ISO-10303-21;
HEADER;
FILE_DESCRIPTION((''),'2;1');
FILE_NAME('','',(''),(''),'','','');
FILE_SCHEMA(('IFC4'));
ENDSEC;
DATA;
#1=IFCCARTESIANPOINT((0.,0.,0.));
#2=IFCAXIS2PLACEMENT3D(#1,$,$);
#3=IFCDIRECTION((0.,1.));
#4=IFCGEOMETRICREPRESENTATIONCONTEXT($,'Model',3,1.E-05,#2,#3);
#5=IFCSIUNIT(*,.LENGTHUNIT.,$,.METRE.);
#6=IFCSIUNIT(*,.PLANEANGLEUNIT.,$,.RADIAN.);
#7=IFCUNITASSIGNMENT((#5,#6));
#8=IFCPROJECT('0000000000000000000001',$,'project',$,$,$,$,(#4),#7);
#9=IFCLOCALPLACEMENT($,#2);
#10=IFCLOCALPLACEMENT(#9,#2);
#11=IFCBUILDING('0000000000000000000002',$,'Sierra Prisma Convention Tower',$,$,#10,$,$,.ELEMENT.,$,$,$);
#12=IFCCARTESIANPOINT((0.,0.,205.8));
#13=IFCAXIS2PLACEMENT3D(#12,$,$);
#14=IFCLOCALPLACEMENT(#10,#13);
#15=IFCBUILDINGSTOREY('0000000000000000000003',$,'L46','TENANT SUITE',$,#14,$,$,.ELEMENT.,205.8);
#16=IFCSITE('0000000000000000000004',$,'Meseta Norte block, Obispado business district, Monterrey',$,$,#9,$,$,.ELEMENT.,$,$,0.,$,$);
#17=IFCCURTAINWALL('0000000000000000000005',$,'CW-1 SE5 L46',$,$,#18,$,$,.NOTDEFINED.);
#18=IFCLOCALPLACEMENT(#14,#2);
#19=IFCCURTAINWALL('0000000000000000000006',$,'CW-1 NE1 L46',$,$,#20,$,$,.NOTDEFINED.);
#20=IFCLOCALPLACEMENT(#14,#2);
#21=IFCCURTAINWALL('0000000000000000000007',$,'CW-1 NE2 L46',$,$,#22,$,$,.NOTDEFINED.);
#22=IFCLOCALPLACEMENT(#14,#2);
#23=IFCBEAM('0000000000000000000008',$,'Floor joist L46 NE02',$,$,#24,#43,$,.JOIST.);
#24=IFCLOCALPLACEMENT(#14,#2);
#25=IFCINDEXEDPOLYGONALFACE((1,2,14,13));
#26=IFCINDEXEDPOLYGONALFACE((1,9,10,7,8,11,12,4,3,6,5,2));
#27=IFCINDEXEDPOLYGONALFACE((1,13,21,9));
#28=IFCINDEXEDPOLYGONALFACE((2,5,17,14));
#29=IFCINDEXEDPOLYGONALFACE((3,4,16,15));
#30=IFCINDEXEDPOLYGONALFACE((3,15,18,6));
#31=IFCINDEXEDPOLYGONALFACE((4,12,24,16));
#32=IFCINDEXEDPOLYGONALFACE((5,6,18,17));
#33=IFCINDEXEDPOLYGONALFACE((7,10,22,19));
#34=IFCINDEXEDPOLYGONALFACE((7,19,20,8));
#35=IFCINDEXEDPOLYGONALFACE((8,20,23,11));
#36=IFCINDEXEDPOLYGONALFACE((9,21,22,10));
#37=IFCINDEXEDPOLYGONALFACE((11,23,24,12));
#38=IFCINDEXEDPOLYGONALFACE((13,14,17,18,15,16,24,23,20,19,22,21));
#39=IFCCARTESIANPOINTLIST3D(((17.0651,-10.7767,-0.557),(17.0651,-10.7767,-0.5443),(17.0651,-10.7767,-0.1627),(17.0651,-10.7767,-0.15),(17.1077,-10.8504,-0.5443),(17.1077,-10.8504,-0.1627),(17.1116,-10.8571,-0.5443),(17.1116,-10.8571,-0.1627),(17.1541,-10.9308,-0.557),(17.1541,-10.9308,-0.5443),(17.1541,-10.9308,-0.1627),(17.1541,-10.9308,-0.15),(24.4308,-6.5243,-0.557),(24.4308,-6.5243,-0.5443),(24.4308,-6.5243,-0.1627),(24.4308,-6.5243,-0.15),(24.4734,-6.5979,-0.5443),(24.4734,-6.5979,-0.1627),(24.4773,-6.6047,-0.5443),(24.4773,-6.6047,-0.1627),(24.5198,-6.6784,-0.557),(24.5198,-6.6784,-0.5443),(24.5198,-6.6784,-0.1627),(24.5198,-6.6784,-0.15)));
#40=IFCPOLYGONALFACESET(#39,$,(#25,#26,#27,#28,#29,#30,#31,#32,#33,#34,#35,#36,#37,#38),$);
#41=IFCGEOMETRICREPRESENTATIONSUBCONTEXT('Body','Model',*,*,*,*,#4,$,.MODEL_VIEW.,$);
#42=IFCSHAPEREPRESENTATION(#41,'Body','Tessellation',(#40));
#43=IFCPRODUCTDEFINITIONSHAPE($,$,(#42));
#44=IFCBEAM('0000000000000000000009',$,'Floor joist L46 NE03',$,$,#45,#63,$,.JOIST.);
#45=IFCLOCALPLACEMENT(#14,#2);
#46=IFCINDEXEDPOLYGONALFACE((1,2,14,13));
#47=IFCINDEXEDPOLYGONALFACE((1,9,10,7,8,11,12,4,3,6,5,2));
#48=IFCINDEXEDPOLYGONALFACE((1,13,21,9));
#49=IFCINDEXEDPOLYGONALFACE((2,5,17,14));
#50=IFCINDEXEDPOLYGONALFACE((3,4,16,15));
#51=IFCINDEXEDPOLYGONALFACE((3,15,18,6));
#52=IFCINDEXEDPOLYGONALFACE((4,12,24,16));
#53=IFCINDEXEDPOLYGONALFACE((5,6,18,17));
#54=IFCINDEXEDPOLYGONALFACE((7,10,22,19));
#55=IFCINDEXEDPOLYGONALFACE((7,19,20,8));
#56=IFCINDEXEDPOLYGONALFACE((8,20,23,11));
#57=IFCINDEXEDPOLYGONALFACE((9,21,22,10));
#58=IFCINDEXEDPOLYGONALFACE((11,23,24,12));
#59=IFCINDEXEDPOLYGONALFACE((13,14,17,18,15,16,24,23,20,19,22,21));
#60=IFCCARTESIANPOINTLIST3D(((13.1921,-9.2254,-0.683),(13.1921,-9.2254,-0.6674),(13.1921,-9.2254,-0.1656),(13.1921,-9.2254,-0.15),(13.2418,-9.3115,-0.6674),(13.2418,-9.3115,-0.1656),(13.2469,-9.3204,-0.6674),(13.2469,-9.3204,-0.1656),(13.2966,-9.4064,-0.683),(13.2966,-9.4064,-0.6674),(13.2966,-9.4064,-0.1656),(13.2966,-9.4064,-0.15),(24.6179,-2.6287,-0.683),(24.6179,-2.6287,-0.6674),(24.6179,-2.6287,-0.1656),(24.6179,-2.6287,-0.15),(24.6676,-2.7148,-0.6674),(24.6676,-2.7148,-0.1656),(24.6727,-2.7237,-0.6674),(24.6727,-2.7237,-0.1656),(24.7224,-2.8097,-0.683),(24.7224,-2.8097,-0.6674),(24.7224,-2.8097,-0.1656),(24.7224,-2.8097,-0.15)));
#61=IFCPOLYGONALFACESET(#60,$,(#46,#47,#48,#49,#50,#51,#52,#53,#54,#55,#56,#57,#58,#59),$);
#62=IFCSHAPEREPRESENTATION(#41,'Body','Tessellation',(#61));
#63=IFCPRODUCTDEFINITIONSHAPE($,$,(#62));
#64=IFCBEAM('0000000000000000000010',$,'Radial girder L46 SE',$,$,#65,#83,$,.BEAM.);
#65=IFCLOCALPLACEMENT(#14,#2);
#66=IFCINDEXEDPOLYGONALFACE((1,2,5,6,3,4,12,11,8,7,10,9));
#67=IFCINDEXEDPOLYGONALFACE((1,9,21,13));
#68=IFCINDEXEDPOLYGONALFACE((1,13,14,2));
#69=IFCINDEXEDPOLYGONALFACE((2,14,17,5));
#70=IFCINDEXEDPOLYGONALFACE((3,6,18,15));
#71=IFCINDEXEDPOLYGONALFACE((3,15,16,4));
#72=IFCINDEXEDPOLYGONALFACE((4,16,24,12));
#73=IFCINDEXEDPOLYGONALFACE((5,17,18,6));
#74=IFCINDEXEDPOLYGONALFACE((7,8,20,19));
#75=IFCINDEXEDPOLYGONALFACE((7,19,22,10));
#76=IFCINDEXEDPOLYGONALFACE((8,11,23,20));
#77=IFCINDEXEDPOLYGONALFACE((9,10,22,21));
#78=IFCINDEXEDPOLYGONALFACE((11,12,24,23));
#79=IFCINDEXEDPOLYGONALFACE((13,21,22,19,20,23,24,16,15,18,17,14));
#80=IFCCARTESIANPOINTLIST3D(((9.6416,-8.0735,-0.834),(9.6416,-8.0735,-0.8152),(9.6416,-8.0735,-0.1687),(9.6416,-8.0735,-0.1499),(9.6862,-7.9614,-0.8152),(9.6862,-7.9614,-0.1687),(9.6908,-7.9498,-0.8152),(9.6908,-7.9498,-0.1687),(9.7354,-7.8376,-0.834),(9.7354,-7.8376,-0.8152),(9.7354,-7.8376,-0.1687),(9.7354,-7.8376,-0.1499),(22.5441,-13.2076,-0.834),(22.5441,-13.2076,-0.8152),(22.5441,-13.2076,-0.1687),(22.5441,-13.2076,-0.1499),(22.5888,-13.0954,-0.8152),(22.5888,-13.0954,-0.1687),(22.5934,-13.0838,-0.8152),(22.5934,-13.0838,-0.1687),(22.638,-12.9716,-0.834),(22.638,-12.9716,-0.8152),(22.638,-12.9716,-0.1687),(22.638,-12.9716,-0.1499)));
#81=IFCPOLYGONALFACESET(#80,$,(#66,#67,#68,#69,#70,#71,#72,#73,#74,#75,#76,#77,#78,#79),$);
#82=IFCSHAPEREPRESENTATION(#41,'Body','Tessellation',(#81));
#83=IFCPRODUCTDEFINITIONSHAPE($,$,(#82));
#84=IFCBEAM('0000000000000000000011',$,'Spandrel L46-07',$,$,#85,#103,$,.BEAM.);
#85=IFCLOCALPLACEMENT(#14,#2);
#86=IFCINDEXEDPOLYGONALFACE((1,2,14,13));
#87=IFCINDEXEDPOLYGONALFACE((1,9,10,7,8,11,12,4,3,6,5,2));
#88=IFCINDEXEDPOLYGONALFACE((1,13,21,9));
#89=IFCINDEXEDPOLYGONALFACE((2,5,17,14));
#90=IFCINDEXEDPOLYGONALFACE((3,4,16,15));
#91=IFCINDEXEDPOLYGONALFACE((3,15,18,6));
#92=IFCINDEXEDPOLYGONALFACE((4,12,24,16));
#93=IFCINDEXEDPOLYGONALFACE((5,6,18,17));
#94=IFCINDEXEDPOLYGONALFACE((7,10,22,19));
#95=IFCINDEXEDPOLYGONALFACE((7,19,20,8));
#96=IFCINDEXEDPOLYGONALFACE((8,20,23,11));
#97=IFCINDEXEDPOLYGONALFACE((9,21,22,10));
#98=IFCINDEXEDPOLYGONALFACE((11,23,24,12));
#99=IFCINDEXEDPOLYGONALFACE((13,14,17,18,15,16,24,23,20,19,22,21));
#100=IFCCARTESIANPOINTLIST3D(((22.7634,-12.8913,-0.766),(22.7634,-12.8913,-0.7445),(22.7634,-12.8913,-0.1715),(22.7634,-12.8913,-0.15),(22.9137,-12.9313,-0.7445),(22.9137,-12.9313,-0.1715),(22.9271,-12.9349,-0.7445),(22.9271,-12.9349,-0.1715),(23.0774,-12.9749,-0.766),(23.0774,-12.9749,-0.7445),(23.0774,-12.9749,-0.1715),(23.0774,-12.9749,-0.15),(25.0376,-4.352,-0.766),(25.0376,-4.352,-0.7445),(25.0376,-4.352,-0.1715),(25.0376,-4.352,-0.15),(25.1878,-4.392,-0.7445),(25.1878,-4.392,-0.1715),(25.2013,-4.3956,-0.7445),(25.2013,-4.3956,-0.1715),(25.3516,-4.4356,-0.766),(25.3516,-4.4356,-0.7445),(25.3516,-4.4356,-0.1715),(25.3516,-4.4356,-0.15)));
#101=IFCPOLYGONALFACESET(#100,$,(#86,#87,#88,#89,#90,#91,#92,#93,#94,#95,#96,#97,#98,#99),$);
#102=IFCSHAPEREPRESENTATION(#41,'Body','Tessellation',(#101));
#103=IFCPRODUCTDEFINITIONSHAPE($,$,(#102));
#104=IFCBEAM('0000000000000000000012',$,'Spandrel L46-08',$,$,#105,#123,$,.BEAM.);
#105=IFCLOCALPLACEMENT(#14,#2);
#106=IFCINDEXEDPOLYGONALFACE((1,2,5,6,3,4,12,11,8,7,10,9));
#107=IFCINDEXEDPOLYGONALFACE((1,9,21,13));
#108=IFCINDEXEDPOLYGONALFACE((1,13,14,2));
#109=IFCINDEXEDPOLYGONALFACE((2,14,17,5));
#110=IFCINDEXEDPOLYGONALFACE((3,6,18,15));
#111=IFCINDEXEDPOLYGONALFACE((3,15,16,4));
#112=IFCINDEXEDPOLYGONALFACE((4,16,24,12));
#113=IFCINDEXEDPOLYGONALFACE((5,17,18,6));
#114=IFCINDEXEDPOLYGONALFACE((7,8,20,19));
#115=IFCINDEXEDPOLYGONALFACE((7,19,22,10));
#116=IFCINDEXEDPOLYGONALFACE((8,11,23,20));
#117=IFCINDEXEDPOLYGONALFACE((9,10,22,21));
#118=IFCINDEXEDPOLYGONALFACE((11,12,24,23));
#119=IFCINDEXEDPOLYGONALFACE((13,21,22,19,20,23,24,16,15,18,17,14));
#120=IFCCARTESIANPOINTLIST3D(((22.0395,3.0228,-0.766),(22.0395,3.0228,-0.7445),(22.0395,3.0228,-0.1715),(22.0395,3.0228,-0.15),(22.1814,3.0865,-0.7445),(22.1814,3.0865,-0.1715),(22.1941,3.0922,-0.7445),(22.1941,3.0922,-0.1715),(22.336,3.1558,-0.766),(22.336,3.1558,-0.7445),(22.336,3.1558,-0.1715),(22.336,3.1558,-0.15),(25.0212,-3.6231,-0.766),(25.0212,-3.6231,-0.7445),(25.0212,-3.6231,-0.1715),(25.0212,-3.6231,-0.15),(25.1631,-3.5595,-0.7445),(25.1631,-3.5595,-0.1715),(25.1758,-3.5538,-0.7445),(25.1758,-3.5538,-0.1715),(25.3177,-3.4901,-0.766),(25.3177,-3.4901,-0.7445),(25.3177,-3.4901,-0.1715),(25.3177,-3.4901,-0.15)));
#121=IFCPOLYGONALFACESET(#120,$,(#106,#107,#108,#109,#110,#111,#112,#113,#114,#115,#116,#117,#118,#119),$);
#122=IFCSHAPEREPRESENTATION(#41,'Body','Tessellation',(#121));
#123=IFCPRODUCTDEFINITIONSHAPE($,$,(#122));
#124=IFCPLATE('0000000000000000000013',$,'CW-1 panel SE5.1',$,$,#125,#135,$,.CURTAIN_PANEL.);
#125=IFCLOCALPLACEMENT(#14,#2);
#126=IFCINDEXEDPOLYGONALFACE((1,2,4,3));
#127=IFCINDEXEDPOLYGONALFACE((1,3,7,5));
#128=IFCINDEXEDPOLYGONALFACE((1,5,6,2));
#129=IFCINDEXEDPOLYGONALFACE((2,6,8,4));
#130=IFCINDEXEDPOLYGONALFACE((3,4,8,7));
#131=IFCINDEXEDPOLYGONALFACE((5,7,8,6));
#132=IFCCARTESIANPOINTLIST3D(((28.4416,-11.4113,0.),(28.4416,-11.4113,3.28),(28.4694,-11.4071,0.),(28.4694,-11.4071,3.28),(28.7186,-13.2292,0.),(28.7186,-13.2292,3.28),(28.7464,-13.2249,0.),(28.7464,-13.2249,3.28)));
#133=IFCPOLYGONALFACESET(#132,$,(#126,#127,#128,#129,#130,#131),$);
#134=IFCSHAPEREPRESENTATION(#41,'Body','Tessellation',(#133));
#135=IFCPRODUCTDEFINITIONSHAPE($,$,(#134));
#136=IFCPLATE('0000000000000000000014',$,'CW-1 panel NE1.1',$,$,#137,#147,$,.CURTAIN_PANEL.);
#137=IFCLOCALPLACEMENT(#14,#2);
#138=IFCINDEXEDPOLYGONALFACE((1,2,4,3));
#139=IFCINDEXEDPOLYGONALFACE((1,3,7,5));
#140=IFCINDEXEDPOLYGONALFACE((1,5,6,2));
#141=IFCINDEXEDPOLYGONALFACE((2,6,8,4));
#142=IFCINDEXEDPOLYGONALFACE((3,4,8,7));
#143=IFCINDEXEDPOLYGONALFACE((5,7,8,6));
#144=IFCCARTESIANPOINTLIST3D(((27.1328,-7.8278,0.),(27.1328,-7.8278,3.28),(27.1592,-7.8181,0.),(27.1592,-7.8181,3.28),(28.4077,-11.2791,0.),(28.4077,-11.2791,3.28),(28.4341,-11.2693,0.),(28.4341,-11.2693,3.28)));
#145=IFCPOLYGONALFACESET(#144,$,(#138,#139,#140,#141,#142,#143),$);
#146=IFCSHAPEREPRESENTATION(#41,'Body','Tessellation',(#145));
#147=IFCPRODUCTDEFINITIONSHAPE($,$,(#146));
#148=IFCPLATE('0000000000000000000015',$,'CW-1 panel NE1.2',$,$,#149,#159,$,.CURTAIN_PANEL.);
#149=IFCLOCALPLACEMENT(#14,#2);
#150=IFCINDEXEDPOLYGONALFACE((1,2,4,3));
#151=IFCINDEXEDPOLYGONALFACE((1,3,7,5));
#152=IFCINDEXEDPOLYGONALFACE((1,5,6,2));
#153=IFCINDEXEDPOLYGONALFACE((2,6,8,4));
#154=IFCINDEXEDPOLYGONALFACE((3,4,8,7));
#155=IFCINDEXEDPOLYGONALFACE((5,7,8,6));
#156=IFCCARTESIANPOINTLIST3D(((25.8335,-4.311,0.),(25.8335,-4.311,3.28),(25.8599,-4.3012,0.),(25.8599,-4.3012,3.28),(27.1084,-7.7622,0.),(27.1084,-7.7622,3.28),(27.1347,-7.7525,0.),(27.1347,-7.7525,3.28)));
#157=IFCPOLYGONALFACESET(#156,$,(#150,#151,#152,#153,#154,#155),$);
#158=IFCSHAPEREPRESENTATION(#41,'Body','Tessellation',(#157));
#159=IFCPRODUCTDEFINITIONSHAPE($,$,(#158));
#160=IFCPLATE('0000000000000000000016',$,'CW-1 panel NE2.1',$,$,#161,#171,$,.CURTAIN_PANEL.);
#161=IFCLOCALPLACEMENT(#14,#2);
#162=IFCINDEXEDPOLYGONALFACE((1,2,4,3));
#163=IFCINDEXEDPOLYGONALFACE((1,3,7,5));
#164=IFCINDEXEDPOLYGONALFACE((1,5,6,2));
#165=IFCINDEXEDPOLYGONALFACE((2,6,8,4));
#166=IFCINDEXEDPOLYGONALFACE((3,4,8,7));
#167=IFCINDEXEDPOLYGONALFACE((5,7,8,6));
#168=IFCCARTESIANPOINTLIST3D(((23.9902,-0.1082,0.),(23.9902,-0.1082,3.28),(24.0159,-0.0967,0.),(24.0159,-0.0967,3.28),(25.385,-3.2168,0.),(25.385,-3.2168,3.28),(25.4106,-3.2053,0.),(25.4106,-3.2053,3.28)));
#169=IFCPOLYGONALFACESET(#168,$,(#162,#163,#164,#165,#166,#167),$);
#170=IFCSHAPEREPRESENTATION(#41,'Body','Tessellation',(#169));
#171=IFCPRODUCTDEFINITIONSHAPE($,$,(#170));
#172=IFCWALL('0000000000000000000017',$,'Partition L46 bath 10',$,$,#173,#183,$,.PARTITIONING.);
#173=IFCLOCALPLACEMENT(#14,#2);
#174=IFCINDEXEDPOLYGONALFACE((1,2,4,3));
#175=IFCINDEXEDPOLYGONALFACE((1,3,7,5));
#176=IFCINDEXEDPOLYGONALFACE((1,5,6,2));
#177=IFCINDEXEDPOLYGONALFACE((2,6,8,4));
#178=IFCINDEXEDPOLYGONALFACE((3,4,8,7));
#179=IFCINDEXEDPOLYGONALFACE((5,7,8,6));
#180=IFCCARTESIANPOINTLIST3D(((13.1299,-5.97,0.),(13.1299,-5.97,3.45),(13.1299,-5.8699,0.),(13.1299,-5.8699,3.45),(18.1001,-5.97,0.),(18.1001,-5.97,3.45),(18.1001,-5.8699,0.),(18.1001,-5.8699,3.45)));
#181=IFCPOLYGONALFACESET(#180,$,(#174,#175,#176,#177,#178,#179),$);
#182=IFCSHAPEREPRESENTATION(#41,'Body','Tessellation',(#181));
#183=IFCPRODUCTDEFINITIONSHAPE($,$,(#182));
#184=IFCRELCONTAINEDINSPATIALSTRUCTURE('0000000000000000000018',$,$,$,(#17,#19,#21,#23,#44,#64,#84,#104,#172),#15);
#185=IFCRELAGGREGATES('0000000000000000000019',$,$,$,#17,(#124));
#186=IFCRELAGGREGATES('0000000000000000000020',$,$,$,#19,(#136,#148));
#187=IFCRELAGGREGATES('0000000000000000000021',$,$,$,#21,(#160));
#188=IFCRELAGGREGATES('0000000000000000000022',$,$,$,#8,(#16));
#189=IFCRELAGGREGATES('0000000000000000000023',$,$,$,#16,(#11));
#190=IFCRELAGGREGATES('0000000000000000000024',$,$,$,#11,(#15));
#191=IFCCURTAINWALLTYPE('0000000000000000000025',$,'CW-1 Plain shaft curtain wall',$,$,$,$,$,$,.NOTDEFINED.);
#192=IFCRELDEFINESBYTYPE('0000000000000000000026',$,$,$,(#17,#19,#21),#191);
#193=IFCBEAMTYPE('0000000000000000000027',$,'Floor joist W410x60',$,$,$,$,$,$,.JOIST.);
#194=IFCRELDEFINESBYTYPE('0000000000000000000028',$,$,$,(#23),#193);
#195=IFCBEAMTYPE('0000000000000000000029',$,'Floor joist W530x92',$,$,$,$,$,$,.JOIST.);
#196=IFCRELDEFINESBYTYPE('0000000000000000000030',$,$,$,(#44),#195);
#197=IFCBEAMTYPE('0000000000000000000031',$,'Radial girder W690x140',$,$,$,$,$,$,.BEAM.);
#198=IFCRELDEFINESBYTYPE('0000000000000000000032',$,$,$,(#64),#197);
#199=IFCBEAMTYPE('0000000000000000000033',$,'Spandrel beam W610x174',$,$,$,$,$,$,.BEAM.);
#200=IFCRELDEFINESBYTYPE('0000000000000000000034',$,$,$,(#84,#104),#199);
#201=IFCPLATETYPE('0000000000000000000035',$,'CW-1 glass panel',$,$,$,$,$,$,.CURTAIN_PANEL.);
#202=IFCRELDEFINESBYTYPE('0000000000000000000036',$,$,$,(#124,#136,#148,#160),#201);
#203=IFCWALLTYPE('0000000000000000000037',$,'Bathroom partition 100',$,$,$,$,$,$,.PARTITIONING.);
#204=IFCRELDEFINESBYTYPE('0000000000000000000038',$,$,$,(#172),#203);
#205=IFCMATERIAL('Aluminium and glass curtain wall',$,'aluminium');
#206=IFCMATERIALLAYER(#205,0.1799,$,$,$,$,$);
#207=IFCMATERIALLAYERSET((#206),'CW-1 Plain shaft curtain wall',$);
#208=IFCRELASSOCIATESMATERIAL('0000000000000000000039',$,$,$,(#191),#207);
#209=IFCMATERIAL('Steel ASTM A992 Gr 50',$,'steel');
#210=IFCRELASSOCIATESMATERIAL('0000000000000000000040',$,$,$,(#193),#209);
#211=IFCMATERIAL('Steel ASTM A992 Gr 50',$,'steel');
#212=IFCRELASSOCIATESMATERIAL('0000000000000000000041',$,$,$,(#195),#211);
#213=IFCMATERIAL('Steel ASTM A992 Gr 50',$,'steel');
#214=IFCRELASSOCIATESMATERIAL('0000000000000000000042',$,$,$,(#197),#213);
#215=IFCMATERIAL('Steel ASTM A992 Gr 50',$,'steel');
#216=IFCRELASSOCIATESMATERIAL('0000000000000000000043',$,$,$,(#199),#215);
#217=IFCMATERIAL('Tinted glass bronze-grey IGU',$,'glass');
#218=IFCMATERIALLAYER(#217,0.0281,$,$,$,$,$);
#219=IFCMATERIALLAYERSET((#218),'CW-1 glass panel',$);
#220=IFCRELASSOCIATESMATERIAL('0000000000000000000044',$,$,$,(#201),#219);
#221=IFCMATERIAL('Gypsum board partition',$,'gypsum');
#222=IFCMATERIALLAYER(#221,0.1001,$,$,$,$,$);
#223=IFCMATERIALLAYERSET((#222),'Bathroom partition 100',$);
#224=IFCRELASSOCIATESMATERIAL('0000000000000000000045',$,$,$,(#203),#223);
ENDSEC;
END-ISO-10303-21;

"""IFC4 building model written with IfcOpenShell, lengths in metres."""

from ifc_helpers import new_model, si_unit, direction, frame, frame_2d, origin, origin_2d, place, context, subcontext, project, spatial, rectangle, i_section, extrude, material, layer, layer_set, material_profile, profile_set, type_object, element, aggregate, save


model = new_model("IFC4")

# Units and contexts
model_context = context("Model", 3, precision=1e-05, world=origin(), true_north=direction((0.0, 1.0)))
body_context = subcontext(model_context, "Body", "Model", "MODEL_VIEW")
ifc_project = project(units=[si_unit("LENGTHUNIT", "METRE"), si_unit("PLANEANGLEUNIT", "RADIAN")], contexts=[model_context])

# Site, building, storey
site_placement = place(None, origin())
site = spatial("IfcSite", under=ifc_project, at=site_placement, Name="Meseta Norte block, Obispado business district, Monterrey", CompositionType="ELEMENT", RefElevation=0.0)
building_placement = place(site_placement, origin())
building = spatial("IfcBuilding", under=site, at=building_placement, Name="Sierra Prisma Convention Tower", CompositionType="ELEMENT")
storey_placement = place(building_placement, frame((0.0, 0.0, 205.8)))
storey = spatial("IfcBuildingStorey", under=building, at=storey_placement, Name="L46", Description="TENANT SUITE", CompositionType="ELEMENT", Elevation=205.8)

# Curtain wall
ifc_material_1 = material(Name="Aluminium and glass curtain wall", Category="aluminium")
ifc_layer_1 = layer(ifc_material_1, 0.1799)
ifc_layer_set_1 = layer_set([ifc_layer_1], Name="CW-1 Plain shaft curtain wall")
curtain_wall_type = type_object("IfcCurtainWallType", Name="CW-1 Plain shaft curtain wall", PredefinedType="NOTDEFINED", material=ifc_layer_set_1)
curtain_wall_1_placement = place(storey_placement, origin())
curtain_wall_1 = element("IfcCurtainWall", 1, at=curtain_wall_1_placement, inside=storey, type_object=curtain_wall_type, Name="CW-1 SE5 L46", PredefinedType="NOTDEFINED")

# Curtain walls
curtain_wall_2_placement = place(storey_placement, origin())
curtain_wall_2 = element("IfcCurtainWall", 2, at=curtain_wall_2_placement, inside=storey, type_object=curtain_wall_type, Name="CW-1 NE1 L46", PredefinedType="NOTDEFINED")
curtain_wall_3_placement = place(storey_placement, origin())
curtain_wall_3 = element("IfcCurtainWall", 3, at=curtain_wall_3_placement, inside=storey, type_object=curtain_wall_type, Name="CW-1 NE2 L46", PredefinedType="NOTDEFINED")

# Beams
ifc_material_2 = material(Name="Steel ASTM A992 Gr 50", Category="steel")
ifc_material_profile_1 = material_profile(ifc_material_2, i_section(OverallWidth=0.178, OverallDepth=0.407, WebThickness=0.0078, FlangeThickness=0.0127, at=origin_2d()), Name="W410x60")
ifc_profile_set_1 = profile_set([ifc_material_profile_1], Name="Steel ASTM A992 Gr 50")
beam_type_1 = type_object("IfcBeamType", Name="Floor joist W410x60", PredefinedType="JOIST", material=ifc_profile_set_1)
beam_1_placement = place(storey_placement, frame((24.4753, -6.6013, -0.3535), z_axis=(-0.866034, -0.499986, 0.0), x_axis=(0.499986, -0.866034, 0.0)))
element("IfcBeam", 4, at=beam_1_placement, inside=storey, type_object=beam_type_1, Name="Floor joist L46 NE02", PredefinedType="JOIST", context=body_context, shape_type="SweptSolid", body=[
    extrude(i_section(OverallWidth=0.178, OverallDepth=0.407, WebThickness=0.0078, FlangeThickness=0.0127, at=origin_2d()), origin(), (0.0, 0.0, 1.0), 8.5051),
])
ifc_material_3 = material(Name="Steel ASTM A992 Gr 50", Category="steel")
ifc_material_profile_2 = material_profile(ifc_material_3, i_section(OverallWidth=0.209, OverallDepth=0.533, WebThickness=0.0103, FlangeThickness=0.0156, at=origin_2d()), Name="W530x92")
ifc_profile_set_2 = profile_set([ifc_material_profile_2], Name="Steel ASTM A992 Gr 50")
beam_type_2 = type_object("IfcBeamType", Name="Floor joist W530x92", PredefinedType="JOIST", material=ifc_profile_set_2)
beam_2_placement = place(storey_placement, frame((24.6702, -2.7192, -0.4165), z_axis=(-0.866025, -0.5, 0.0), x_axis=(0.5, -0.866025, 0.0)))
element("IfcBeam", 5, at=beam_2_placement, inside=storey, type_object=beam_type_2, Name="Floor joist L46 NE03", PredefinedType="JOIST", context=body_context, shape_type="SweptSolid", body=[
    extrude(i_section(OverallWidth=0.209, OverallDepth=0.533, WebThickness=0.0103, FlangeThickness=0.0156, at=origin_2d()), origin(), (0.0, 0.0, 1.0), 13.1934),
])
ifc_material_4 = material(Name="Steel ASTM A992 Gr 50", Category="steel")
ifc_material_profile_3 = material_profile(ifc_material_4, i_section(OverallWidth=0.2539, OverallDepth=0.6841, WebThickness=0.0125, FlangeThickness=0.0188, at=origin_2d()), Name="W690x140")
ifc_profile_set_3 = profile_set([ifc_material_profile_3], Name="Steel ASTM A992 Gr 50")
beam_type_3 = type_object("IfcBeamType", Name="Radial girder W690x140", PredefinedType="BEAM", material=ifc_profile_set_3)
beam_3_placement = place(storey_placement, frame((22.5911, -13.0896, -0.4919), z_axis=(-0.929146, 0.369714, 0.0), x_axis=(-0.369714, -0.929146, 0.0)))
element("IfcBeam", 6, at=beam_3_placement, inside=storey, type_object=beam_type_3, Name="Radial girder L46 SE", PredefinedType="BEAM", context=body_context, shape_type="SweptSolid", body=[
    extrude(i_section(OverallWidth=0.2539, OverallDepth=0.6841, WebThickness=0.0125, FlangeThickness=0.0188, at=origin_2d()), origin(), (0.0, 0.0, 1.0), 13.8865),
])
ifc_material_5 = material(Name="Steel ASTM A992 Gr 50", Category="steel")
ifc_material_profile_4 = material_profile(ifc_material_5, i_section(OverallWidth=0.325, OverallDepth=0.616, WebThickness=0.0139, FlangeThickness=0.0215, at=origin_2d()), Name="W610x174")
ifc_profile_set_4 = profile_set([ifc_material_profile_4], Name="Steel ASTM A992 Gr 50")
beam_type_4 = type_object("IfcBeamType", Name="Spandrel beam W610x174", PredefinedType="BEAM", material=ifc_profile_set_4)
beam_4_placement = place(storey_placement, frame((22.9204, -12.9331, -0.458), z_axis=(0.257348, 0.966319, 0.0), x_axis=(-0.966319, 0.257348, 0.0)))
element("IfcBeam", 7, at=beam_4_placement, inside=storey, type_object=beam_type_4, Name="Spandrel L46-07", PredefinedType="BEAM", context=body_context, shape_type="SweptSolid", body=[
    extrude(i_section(OverallWidth=0.325, OverallDepth=0.616, WebThickness=0.0139, FlangeThickness=0.0215, at=origin_2d()), origin(), (0.0, 0.0, 1.0), 8.8369),
])
beam_5_placement = place(storey_placement, frame((25.1694, -3.5566, -0.458), z_axis=(-0.409336, 0.912384, 0.0), x_axis=(-0.912384, -0.409336, 0.0)))
element("IfcBeam", 8, at=beam_5_placement, inside=storey, type_object=beam_type_4, Name="Spandrel L46-08", PredefinedType="BEAM", context=body_context, shape_type="SweptSolid", body=[
    extrude(i_section(OverallWidth=0.325, OverallDepth=0.616, WebThickness=0.0139, FlangeThickness=0.0215, at=origin_2d()), origin(), (0.0, 0.0, 1.0), 7.2842),
])

# Plates
ifc_material_6 = material(Name="Tinted glass bronze-grey IGU", Category="glass")
ifc_layer_2 = layer(ifc_material_6, 0.0281)
ifc_layer_set_2 = layer_set([ifc_layer_2], Name="CW-1 glass panel")
plate_type = type_object("IfcPlateType", Name="CW-1 glass panel", PredefinedType="CURTAIN_PANEL", material=ifc_layer_set_2)
plate_1_placement = place(storey_placement, frame((28.594, -12.3181, 0.0), z_axis=(0.0, 0.0, 1.0), x_axis=(-0.150626, 0.988591, 0.0)))
plate_1 = element("IfcPlate", 9, at=plate_1_placement, type_object=plate_type, Name="CW-1 panel SE5.1", PredefinedType="CURTAIN_PANEL", context=body_context, shape_type="SweptSolid", body=[
    extrude(rectangle(XDim=1.8389, YDim=0.0281, at=origin_2d()), origin(), (0.0, 0.0, 1.0), 3.28),
])
aggregate(curtain_wall_1, [plate_1])
plate_2_placement = place(storey_placement, frame((27.7834, -9.5486, 0.0), z_axis=(0.0, 0.0, 1.0), x_axis=(-0.346513, 0.938045, 0.0)))
plate_2 = element("IfcPlate", 10, at=plate_2_placement, type_object=plate_type, Name="CW-1 panel NE1.1", PredefinedType="CURTAIN_PANEL", context=body_context, shape_type="SweptSolid", body=[
    extrude(rectangle(XDim=3.6792, YDim=0.0281, at=origin_2d()), origin(), (0.0, 0.0, 1.0), 3.28),
])
plate_3_placement = place(storey_placement, frame((26.4841, -6.0317, 0.0), z_axis=(0.0, 0.0, 1.0), x_axis=(-0.346513, 0.938045, 0.0)))
plate_3 = element("IfcPlate", 11, at=plate_3_placement, type_object=plate_type, Name="CW-1 panel NE1.2", PredefinedType="CURTAIN_PANEL", context=body_context, shape_type="SweptSolid", body=[
    extrude(rectangle(XDim=3.6792, YDim=0.0281, at=origin_2d()), origin(), (0.0, 0.0, 1.0), 3.28),
])
aggregate(curtain_wall_2, [plate_2, plate_3])
plate_4_placement = place(storey_placement, frame((24.7004, -1.6567, 0.0), z_axis=(0.0, 0.0, 1.0), x_axis=(-0.409358, 0.912374, 0.0)))
plate_4 = element("IfcPlate", 12, at=plate_4_placement, type_object=plate_type, Name="CW-1 panel NE2.1", PredefinedType="CURTAIN_PANEL", context=body_context, shape_type="SweptSolid", body=[
    extrude(rectangle(XDim=3.4072, YDim=0.0281, at=origin_2d()), origin(), (0.0, 0.0, 1.0), 3.28),
])
aggregate(curtain_wall_3, [plate_4])

# Wall
ifc_material_7 = material(Name="Gypsum board partition", Category="gypsum")
ifc_layer_3 = layer(ifc_material_7, 0.1001)
ifc_layer_set_3 = layer_set([ifc_layer_3], Name="Bathroom partition 100")
wall_type = type_object("IfcWallType", Name="Bathroom partition 100", PredefinedType="PARTITIONING", material=ifc_layer_set_3)
wall_1_placement = place(storey_placement, frame((13.1299, -5.9199, 0.0), z_axis=(0.0, 0.0, 1.0), x_axis=(1.0, 0.0, 0.0)))
element("IfcWall", 13, at=wall_1_placement, inside=storey, type_object=wall_type, Name="Partition L46 bath 10", PredefinedType="PARTITIONING", context=body_context, shape_type="SweptSolid", body=[
    extrude(rectangle(XDim=4.9702, YDim=0.1001, at=frame_2d((2.4851, 0.0))), origin(), (0.0, 0.0, 1.0), 3.45),
])

save(model, "model.ifc")
